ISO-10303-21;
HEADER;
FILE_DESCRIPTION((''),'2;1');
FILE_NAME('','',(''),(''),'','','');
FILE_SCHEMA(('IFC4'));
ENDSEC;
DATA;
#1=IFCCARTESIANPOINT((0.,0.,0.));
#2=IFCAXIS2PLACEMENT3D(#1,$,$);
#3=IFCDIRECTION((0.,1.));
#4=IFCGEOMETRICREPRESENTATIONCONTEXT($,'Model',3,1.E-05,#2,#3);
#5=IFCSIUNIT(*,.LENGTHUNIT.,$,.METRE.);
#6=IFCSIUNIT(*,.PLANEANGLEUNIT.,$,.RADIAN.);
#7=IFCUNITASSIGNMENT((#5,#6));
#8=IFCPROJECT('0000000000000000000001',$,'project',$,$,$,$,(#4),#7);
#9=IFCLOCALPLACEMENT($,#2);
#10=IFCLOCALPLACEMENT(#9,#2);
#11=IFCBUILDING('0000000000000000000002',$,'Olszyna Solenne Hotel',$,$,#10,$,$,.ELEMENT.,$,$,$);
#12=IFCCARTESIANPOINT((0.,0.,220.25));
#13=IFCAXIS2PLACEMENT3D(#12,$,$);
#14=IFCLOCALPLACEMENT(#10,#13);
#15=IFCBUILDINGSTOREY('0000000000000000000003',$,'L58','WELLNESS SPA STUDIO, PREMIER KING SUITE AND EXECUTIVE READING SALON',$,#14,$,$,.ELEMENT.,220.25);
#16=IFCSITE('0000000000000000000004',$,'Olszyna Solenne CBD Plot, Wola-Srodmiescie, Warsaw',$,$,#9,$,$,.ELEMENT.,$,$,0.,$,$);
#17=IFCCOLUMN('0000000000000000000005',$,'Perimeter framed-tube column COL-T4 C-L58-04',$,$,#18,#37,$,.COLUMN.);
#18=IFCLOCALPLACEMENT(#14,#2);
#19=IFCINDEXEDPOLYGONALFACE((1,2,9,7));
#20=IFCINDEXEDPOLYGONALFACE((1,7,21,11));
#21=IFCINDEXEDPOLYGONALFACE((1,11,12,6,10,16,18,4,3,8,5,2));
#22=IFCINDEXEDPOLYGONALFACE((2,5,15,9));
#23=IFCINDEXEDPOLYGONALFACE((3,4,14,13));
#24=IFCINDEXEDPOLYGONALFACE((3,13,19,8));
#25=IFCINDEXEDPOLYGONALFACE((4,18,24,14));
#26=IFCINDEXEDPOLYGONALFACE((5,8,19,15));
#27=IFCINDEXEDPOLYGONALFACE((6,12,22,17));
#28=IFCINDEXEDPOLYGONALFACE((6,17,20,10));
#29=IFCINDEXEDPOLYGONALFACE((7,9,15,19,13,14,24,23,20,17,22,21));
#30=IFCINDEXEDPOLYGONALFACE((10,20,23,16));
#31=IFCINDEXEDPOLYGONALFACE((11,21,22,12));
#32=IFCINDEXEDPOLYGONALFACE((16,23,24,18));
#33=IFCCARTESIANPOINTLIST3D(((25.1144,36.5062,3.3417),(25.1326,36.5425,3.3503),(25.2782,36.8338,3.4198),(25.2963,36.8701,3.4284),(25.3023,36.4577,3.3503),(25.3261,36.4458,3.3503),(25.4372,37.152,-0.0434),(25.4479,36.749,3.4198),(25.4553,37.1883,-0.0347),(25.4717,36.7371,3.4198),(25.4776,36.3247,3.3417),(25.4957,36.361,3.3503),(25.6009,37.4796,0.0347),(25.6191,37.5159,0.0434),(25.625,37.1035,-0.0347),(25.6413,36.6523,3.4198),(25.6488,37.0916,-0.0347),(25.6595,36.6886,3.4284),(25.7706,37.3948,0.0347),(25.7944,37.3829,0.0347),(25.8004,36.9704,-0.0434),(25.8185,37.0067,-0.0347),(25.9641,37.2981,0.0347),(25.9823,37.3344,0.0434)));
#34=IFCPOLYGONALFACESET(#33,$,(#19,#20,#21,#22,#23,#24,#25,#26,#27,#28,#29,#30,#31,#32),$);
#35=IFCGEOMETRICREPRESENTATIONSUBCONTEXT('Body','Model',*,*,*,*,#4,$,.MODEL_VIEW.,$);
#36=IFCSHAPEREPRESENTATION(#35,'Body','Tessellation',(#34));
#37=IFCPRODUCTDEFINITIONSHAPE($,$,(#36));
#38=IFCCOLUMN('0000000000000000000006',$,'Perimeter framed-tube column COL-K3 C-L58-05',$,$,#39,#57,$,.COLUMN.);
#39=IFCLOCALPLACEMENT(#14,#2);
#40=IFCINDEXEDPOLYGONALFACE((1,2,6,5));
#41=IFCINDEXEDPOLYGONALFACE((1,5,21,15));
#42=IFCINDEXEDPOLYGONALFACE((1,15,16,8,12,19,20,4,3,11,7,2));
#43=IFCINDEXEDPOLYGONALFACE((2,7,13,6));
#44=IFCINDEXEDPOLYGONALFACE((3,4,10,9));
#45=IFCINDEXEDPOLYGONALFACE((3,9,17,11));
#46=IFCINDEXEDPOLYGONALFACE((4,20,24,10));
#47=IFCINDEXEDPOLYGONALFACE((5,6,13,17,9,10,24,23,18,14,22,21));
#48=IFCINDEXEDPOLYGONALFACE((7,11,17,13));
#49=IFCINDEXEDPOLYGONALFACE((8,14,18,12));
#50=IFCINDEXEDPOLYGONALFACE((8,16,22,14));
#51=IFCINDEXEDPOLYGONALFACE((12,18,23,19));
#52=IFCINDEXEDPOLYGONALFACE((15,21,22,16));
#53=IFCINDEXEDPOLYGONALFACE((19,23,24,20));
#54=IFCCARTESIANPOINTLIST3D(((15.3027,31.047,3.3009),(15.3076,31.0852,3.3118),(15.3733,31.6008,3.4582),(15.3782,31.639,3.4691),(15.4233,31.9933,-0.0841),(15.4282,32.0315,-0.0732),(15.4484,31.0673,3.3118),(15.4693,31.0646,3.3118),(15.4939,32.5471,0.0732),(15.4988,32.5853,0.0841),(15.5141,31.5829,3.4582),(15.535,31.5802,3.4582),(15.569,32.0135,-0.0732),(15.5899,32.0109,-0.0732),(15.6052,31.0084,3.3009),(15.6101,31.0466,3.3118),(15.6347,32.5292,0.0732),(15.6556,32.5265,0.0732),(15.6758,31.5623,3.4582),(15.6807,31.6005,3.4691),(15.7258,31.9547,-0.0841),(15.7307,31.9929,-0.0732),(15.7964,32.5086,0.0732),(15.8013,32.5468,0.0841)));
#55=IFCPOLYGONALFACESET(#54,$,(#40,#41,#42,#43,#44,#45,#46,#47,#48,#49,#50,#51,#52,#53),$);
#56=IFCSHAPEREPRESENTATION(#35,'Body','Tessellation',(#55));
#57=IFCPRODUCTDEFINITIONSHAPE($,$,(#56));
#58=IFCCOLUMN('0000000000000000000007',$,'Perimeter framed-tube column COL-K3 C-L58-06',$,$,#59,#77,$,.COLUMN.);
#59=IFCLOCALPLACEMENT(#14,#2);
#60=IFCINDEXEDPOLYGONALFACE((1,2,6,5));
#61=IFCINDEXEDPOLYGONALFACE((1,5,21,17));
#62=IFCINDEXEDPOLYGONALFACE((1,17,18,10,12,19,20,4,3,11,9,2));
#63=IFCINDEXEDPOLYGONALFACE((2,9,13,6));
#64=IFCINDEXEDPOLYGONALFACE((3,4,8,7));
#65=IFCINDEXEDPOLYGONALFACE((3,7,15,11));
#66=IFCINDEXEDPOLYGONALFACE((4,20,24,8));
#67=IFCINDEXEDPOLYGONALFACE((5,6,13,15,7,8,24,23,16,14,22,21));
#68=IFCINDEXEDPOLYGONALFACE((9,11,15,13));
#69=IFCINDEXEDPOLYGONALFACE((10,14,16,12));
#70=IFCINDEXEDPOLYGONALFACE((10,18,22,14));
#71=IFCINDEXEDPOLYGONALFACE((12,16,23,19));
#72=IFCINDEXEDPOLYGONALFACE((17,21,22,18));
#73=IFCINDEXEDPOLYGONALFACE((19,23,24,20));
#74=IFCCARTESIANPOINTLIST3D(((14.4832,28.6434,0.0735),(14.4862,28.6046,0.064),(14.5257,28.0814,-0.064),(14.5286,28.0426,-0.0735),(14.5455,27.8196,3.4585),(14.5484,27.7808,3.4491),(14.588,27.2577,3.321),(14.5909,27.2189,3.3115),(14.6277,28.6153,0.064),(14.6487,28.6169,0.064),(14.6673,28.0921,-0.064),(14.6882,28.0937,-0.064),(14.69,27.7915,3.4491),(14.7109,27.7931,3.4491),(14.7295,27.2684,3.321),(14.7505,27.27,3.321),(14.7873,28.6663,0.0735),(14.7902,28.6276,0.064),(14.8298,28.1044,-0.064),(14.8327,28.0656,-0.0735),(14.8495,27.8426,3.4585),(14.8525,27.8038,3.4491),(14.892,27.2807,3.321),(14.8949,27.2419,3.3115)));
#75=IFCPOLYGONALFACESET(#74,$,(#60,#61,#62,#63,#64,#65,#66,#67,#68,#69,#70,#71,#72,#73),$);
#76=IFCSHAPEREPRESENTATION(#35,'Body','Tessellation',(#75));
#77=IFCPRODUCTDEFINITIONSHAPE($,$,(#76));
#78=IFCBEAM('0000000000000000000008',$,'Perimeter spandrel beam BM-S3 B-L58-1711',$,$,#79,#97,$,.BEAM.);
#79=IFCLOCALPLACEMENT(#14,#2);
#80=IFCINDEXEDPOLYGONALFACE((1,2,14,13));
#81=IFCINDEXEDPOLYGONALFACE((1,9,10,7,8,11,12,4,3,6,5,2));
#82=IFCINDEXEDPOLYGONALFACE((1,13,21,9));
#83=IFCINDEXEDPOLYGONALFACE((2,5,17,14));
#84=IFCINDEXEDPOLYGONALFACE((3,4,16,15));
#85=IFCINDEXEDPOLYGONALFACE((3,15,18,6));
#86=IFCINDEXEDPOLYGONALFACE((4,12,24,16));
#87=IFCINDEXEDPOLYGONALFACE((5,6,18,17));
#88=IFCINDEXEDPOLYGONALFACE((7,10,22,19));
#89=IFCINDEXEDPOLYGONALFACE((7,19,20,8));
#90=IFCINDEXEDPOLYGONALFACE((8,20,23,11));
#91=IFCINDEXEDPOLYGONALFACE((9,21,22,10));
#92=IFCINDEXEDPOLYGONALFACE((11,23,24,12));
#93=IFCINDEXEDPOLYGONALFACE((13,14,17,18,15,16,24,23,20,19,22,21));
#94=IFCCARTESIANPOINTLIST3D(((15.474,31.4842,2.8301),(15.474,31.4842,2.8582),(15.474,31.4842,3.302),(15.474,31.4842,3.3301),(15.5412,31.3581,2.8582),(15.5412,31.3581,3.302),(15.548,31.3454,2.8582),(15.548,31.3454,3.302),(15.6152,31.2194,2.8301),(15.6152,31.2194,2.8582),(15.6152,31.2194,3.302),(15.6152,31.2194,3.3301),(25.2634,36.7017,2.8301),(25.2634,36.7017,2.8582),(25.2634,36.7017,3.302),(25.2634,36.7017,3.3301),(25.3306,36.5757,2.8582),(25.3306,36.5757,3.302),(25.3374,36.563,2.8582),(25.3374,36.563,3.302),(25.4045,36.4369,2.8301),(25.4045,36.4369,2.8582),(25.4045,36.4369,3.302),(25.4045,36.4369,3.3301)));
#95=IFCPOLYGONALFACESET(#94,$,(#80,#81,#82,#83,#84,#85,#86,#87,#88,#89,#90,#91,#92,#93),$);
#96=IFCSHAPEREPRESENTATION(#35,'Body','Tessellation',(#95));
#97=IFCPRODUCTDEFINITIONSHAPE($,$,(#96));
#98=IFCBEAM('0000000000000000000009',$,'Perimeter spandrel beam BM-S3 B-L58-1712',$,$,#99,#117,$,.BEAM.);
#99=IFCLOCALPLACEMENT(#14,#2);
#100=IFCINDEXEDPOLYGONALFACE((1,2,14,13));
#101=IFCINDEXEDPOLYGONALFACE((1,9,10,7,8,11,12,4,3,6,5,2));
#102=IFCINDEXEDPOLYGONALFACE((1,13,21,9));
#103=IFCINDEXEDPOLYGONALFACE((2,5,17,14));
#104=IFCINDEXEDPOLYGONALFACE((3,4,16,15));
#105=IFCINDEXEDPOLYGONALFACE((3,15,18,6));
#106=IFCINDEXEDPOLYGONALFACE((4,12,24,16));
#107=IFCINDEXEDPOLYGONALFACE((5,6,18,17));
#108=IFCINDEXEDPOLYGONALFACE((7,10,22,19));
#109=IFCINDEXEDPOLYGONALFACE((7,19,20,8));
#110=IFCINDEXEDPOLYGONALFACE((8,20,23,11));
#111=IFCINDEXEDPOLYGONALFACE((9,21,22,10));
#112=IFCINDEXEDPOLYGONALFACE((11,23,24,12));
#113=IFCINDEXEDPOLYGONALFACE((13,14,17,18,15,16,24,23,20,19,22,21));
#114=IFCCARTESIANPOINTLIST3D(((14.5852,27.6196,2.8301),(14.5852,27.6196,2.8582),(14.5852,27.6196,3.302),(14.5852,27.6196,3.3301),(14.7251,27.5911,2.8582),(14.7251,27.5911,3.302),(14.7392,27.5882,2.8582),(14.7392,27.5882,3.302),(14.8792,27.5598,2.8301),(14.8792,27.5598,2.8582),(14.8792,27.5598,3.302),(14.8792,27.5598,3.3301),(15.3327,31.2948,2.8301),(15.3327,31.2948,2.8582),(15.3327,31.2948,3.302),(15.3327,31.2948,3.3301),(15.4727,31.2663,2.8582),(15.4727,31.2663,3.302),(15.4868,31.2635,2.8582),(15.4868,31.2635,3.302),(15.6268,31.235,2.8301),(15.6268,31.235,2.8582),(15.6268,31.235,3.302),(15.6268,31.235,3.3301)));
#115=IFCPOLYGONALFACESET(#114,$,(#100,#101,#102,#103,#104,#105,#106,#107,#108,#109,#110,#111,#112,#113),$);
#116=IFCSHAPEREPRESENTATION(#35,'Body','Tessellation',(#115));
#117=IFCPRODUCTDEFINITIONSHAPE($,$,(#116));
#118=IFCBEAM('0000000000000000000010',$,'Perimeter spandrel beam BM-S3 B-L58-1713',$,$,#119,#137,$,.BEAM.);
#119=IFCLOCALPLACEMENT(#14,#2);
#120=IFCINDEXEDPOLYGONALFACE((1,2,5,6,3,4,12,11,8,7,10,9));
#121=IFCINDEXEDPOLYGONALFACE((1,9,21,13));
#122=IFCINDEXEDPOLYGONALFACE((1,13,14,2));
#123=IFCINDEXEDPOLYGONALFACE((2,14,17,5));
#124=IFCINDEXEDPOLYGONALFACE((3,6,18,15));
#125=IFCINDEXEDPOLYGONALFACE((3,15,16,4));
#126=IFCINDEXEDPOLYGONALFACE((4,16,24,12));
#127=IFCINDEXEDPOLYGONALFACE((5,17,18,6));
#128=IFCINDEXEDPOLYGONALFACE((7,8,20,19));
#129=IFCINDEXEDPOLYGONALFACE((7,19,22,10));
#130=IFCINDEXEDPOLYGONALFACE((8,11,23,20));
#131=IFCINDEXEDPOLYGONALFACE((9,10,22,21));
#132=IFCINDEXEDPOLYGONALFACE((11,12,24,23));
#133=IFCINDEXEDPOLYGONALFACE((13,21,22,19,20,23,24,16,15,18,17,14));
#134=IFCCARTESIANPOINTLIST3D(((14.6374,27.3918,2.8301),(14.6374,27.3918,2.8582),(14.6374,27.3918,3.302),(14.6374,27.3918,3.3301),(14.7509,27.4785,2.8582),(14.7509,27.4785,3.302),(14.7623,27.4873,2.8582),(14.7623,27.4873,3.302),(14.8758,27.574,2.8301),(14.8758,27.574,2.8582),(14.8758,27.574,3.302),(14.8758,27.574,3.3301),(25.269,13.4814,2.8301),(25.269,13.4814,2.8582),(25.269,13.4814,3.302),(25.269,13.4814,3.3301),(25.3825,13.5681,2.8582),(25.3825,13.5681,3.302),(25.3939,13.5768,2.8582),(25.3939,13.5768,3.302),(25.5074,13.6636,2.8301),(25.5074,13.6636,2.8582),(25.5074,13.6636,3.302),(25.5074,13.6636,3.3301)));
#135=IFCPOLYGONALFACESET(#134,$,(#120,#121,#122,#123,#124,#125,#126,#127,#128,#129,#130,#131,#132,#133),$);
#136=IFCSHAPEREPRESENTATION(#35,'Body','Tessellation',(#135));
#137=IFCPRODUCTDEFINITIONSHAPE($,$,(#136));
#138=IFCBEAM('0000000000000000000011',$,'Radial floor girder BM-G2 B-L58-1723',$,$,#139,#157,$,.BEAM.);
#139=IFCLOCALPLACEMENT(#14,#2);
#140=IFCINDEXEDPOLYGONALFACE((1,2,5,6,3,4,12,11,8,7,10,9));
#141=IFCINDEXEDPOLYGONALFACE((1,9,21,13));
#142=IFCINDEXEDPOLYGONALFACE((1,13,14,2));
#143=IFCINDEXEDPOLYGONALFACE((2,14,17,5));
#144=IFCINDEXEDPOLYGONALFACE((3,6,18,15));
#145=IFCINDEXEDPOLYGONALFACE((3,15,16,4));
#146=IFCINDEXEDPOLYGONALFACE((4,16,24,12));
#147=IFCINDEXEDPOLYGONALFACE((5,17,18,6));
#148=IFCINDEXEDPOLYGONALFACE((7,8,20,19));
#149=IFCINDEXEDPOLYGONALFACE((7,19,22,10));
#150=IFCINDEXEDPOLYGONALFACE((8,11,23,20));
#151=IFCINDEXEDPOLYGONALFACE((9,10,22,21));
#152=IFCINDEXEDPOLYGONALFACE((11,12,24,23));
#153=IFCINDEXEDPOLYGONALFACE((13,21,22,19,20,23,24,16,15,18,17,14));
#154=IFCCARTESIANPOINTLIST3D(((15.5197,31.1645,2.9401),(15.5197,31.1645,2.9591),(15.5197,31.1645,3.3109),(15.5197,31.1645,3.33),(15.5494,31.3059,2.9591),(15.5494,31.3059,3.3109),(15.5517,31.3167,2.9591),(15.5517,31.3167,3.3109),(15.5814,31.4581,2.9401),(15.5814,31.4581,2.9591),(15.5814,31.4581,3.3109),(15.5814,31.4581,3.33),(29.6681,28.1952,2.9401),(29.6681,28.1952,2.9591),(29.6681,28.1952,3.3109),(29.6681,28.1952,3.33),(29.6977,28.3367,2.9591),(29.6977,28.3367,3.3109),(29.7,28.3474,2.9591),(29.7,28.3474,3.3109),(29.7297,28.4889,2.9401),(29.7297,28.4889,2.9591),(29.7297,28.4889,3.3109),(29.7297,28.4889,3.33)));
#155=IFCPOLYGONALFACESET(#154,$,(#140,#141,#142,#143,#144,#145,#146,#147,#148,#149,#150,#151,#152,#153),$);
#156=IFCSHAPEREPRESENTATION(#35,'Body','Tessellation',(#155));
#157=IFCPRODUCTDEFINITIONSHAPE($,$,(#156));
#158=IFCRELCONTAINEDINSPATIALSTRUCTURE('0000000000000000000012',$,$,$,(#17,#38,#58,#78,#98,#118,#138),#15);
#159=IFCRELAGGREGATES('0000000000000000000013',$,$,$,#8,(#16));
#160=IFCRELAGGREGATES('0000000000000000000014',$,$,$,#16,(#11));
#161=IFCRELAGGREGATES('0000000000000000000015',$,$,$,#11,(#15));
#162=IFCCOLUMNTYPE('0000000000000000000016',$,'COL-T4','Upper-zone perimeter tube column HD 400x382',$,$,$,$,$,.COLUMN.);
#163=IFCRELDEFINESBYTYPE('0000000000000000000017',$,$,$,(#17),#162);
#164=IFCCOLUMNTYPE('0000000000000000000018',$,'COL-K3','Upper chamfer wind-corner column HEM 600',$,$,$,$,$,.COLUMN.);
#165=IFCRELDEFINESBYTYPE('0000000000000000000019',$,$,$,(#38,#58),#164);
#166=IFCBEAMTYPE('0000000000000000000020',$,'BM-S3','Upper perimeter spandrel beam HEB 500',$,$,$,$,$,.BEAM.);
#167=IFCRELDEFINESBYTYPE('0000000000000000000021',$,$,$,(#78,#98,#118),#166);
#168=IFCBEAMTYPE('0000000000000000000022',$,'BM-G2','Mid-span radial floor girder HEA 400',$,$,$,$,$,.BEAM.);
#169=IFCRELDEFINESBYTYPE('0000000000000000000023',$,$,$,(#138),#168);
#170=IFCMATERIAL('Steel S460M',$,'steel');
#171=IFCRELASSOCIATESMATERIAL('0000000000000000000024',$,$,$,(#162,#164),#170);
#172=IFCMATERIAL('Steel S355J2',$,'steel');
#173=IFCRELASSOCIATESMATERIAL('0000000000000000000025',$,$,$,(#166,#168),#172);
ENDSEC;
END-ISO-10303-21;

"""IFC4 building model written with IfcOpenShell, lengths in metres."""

from ifc_helpers import new_model, si_unit, direction, frame, origin, origin_2d, place, context, subcontext, project, spatial, i_section, extrude, source, transform, mapped, material, material_profile, profile_set, type_object, element, save


model = new_model("IFC4")

# Units and contexts
model_context = context("Model", 3, precision=1e-05, world=origin(), true_north=direction((0.0, 1.0)))
body_context = subcontext(model_context, "Body", "Model", "MODEL_VIEW")
ifc_project = project(units=[si_unit("LENGTHUNIT", "METRE"), si_unit("PLANEANGLEUNIT", "RADIAN")], contexts=[model_context])

# Site, building, storey
site_placement = place(None, origin())
site = spatial("IfcSite", under=ifc_project, at=site_placement, Name="Olszyna Solenne CBD Plot, Wola-Srodmiescie, Warsaw", CompositionType="ELEMENT", RefElevation=0.0)
building_placement = place(site_placement, origin())
building = spatial("IfcBuilding", under=site, at=building_placement, Name="Olszyna Solenne Hotel", CompositionType="ELEMENT")
storey_placement = place(building_placement, frame((0.0, 0.0, 220.25)))
storey = spatial("IfcBuildingStorey", under=building, at=storey_placement, Name="L58", Description="WELLNESS SPA STUDIO, PREMIER KING SUITE AND EXECUTIVE READING SALON", CompositionType="ELEMENT", Elevation=220.25)

# Columns
ifc_material_1 = material(Name="Steel S460M", Category="steel")
ifc_material_profile_1 = material_profile(ifc_material_1, i_section(OverallWidth=0.406, OverallDepth=0.416, WebThickness=0.0266, FlangeThickness=0.0415, at=origin_2d()), Name="HD 400x382", Category="load-bearing")
ifc_profile_set_1 = profile_set([ifc_material_profile_1], Name="Steel S460M")
column_type_1 = type_object("IfcColumnType", Name="COL-T4", Description="Upper-zone perimeter tube column HD 400x382", PredefinedType="COLUMN", material=ifc_profile_set_1)
shared_shape_1 = source(origin(), body_context, "Body", "SweptSolid", [
    extrude(i_section(OverallWidth=0.406, OverallDepth=0.416, WebThickness=0.0266, FlangeThickness=0.0415, at=origin_2d()), origin(), (0.0, 0.0, 1.0), 3.4612),
])
column_1_placement = place(storey_placement, frame((25.7097, 37.2432, 0.0), z_axis=(-0.093251, -0.186572, 0.978006), x_axis=(0.894495, -0.447078, 0.0)))
element("IfcColumn", 1, at=column_1_placement, inside=storey, type_object=column_type_1, Name="Perimeter framed-tube column COL-T4 C-L58-04", PredefinedType="COLUMN", context=body_context, shape_type="MappedRepresentation", body=[
    mapped(shared_shape_1, transform((0.0, 0.0, 0.0), x_axis=(1.0, 0.0, 0.0), y_axis=(0.0, 1.0, 0.0), z_axis=(0.0, 0.0, 1.0), scale=1.0)),
])
ifc_material_profile_2 = material_profile(ifc_material_1, i_section(OverallWidth=0.3049, OverallDepth=0.6201, WebThickness=0.021, FlangeThickness=0.04, at=origin_2d()), Name="HEM 600", Category="load-bearing")
ifc_profile_set_2 = profile_set([ifc_material_profile_2], Name="Steel S460M")
column_type_2 = type_object("IfcColumnType", Name="COL-K3", Description="Upper chamfer wind-corner column HEM 600", PredefinedType="COLUMN", material=ifc_profile_set_2)
shared_shape_2 = source(origin(), body_context, "Body", "SweptSolid", [
    extrude(i_section(OverallWidth=0.3049, OverallDepth=0.6201, WebThickness=0.021, FlangeThickness=0.04, at=origin_2d()), origin(), (0.0, 0.0, 1.0), 3.5168),
])
column_2_placement = place(storey_placement, frame((15.6123, 32.27, 0.0), z_axis=(-0.034294, -0.269072, 0.962509), x_axis=(0.991976, -0.126428, 0.0)))
element("IfcColumn", 2, at=column_2_placement, inside=storey, type_object=column_type_2, Name="Perimeter framed-tube column COL-K3 C-L58-05", PredefinedType="COLUMN", context=body_context, shape_type="MappedRepresentation", body=[
    mapped(shared_shape_2, transform((0.0, 0.0, 0.0), x_axis=(1.0, 0.0, 0.0), y_axis=(0.0, 1.0, 0.0), z_axis=(0.0, 0.0, 1.0), scale=1.0)),
])
shared_shape_3 = source(origin(), body_context, "Body", "SweptSolid", [
    extrude(i_section(OverallWidth=0.3049, OverallDepth=0.6201, WebThickness=0.021, FlangeThickness=0.04, at=origin_2d()), origin(), (0.0, 0.0, 1.0), 3.4844),
])
column_3_placement = place(storey_placement, frame((14.658, 28.3545, 0.0), z_axis=(0.017867, -0.236409, 0.971489), x_axis=(0.997156, 0.075363, 0.0)))
element("IfcColumn", 3, at=column_3_placement, inside=storey, type_object=column_type_2, Name="Perimeter framed-tube column COL-K3 C-L58-06", PredefinedType="COLUMN", context=body_context, shape_type="MappedRepresentation", body=[
    mapped(shared_shape_3, transform((0.0, 0.0, 0.0), x_axis=(1.0, 0.0, 0.0), y_axis=(0.0, 1.0, 0.0), z_axis=(0.0, 0.0, 1.0), scale=1.0)),
])

# Beams
ifc_material_2 = material(Name="Steel S355J2", Category="steel")
ifc_material_profile_3 = material_profile(ifc_material_2, i_section(OverallWidth=0.3, OverallDepth=0.5, WebThickness=0.0144, FlangeThickness=0.0281, at=origin_2d()), Name="HEB 500", Category="load-bearing")
ifc_profile_set_3 = profile_set([ifc_material_profile_3], Name="Steel S355J2")
beam_type_1 = type_object("IfcBeamType", Name="BM-S3", Description="Upper perimeter spandrel beam HEB 500", PredefinedType="BEAM", material=ifc_profile_set_3)
shared_shape_4 = source(origin(), body_context, "Body", "SweptSolid", [
    extrude(i_section(OverallWidth=0.3, OverallDepth=0.5, WebThickness=0.0144, FlangeThickness=0.0281, at=origin_2d()), origin(), (0.0, 0.0, 1.0), 11.093),
])
beam_1_placement = place(storey_placement, frame((25.334, 36.5693, 3.0801), z_axis=(-0.882481, -0.470347, 0.0), x_axis=(0.470347, -0.882481, 0.0)))
element("IfcBeam", 4, at=beam_1_placement, inside=storey, type_object=beam_type_1, Name="Perimeter spandrel beam BM-S3 B-L58-1711", PredefinedType="BEAM", context=body_context, shape_type="MappedRepresentation", body=[
    mapped(shared_shape_4, transform((0.0, 0.0, 0.0), x_axis=(1.0, 0.0, 0.0), y_axis=(0.0, 1.0, 0.0), z_axis=(0.0, 0.0, 1.0), scale=1.0)),
])
shared_shape_5 = source(origin(), body_context, "Body", "SweptSolid", [
    extrude(i_section(OverallWidth=0.3, OverallDepth=0.5, WebThickness=0.0144, FlangeThickness=0.0281, at=origin_2d()), origin(), (0.0, 0.0, 1.0), 3.7505),
])
beam_2_placement = place(storey_placement, frame((15.4797, 31.2649, 3.0801), z_axis=(-0.19932, -0.979935, 0.0), x_axis=(0.979935, -0.19932, 0.0)))
element("IfcBeam", 5, at=beam_2_placement, inside=storey, type_object=beam_type_1, Name="Perimeter spandrel beam BM-S3 B-L58-1712", PredefinedType="BEAM", context=body_context, shape_type="MappedRepresentation", body=[
    mapped(shared_shape_5, transform((0.0, 0.0, 0.0), x_axis=(1.0, 0.0, 0.0), y_axis=(0.0, 1.0, 0.0), z_axis=(0.0, 0.0, 1.0), scale=1.0)),
])
shared_shape_6 = source(origin(), body_context, "Body", "SweptSolid", [
    extrude(i_section(OverallWidth=0.3, OverallDepth=0.5, WebThickness=0.0144, FlangeThickness=0.0281, at=origin_2d()), origin(), (0.0, 0.0, 1.0), 17.5081),
])
beam_3_placement = place(storey_placement, frame((14.7566, 27.4829, 3.0801), z_axis=(0.607242, -0.794517, 0.0), x_axis=(0.794517, 0.607242, 0.0)))
element("IfcBeam", 6, at=beam_3_placement, inside=storey, type_object=beam_type_1, Name="Perimeter spandrel beam BM-S3 B-L58-1713", PredefinedType="BEAM", context=body_context, shape_type="MappedRepresentation", body=[
    mapped(shared_shape_6, transform((0.0, 0.0, 0.0), x_axis=(1.0, 0.0, 0.0), y_axis=(0.0, 1.0, 0.0), z_axis=(0.0, 0.0, 1.0), scale=1.0)),
])
ifc_material_profile_4 = material_profile(ifc_material_2, i_section(OverallWidth=0.3, OverallDepth=0.3899, WebThickness=0.011, FlangeThickness=0.019, at=origin_2d()), Name="HEA 400", Category="load-bearing")
ifc_profile_set_4 = profile_set([ifc_material_profile_4], Name="Steel S355J2")
beam_type_2 = type_object("IfcBeamType", Name="BM-G2", Description="Mid-span radial floor girder HEA 400", PredefinedType="BEAM", material=ifc_profile_set_4)
shared_shape_7 = source(origin(), body_context, "Body", "SweptSolid", [
    extrude(i_section(OverallWidth=0.3, OverallDepth=0.3899, WebThickness=0.011, FlangeThickness=0.019, at=origin_2d()), origin(), (0.0, 0.0, 1.0), 14.4565),
])
beam_4_placement = place(storey_placement, frame((15.5505, 31.3113, 3.135), z_axis=(0.97868, -0.205389, 0.0), x_axis=(0.205389, 0.97868, 0.0)))
element("IfcBeam", 7, at=beam_4_placement, inside=storey, type_object=beam_type_2, Name="Radial floor girder BM-G2 B-L58-1723", PredefinedType="BEAM", context=body_context, shape_type="MappedRepresentation", body=[
    mapped(shared_shape_7, transform((0.0, 0.0, 0.0), x_axis=(1.0, 0.0, 0.0), y_axis=(0.0, 1.0, 0.0), z_axis=(0.0, 0.0, 1.0), scale=1.0)),
])

save(model, "model.ifc")
